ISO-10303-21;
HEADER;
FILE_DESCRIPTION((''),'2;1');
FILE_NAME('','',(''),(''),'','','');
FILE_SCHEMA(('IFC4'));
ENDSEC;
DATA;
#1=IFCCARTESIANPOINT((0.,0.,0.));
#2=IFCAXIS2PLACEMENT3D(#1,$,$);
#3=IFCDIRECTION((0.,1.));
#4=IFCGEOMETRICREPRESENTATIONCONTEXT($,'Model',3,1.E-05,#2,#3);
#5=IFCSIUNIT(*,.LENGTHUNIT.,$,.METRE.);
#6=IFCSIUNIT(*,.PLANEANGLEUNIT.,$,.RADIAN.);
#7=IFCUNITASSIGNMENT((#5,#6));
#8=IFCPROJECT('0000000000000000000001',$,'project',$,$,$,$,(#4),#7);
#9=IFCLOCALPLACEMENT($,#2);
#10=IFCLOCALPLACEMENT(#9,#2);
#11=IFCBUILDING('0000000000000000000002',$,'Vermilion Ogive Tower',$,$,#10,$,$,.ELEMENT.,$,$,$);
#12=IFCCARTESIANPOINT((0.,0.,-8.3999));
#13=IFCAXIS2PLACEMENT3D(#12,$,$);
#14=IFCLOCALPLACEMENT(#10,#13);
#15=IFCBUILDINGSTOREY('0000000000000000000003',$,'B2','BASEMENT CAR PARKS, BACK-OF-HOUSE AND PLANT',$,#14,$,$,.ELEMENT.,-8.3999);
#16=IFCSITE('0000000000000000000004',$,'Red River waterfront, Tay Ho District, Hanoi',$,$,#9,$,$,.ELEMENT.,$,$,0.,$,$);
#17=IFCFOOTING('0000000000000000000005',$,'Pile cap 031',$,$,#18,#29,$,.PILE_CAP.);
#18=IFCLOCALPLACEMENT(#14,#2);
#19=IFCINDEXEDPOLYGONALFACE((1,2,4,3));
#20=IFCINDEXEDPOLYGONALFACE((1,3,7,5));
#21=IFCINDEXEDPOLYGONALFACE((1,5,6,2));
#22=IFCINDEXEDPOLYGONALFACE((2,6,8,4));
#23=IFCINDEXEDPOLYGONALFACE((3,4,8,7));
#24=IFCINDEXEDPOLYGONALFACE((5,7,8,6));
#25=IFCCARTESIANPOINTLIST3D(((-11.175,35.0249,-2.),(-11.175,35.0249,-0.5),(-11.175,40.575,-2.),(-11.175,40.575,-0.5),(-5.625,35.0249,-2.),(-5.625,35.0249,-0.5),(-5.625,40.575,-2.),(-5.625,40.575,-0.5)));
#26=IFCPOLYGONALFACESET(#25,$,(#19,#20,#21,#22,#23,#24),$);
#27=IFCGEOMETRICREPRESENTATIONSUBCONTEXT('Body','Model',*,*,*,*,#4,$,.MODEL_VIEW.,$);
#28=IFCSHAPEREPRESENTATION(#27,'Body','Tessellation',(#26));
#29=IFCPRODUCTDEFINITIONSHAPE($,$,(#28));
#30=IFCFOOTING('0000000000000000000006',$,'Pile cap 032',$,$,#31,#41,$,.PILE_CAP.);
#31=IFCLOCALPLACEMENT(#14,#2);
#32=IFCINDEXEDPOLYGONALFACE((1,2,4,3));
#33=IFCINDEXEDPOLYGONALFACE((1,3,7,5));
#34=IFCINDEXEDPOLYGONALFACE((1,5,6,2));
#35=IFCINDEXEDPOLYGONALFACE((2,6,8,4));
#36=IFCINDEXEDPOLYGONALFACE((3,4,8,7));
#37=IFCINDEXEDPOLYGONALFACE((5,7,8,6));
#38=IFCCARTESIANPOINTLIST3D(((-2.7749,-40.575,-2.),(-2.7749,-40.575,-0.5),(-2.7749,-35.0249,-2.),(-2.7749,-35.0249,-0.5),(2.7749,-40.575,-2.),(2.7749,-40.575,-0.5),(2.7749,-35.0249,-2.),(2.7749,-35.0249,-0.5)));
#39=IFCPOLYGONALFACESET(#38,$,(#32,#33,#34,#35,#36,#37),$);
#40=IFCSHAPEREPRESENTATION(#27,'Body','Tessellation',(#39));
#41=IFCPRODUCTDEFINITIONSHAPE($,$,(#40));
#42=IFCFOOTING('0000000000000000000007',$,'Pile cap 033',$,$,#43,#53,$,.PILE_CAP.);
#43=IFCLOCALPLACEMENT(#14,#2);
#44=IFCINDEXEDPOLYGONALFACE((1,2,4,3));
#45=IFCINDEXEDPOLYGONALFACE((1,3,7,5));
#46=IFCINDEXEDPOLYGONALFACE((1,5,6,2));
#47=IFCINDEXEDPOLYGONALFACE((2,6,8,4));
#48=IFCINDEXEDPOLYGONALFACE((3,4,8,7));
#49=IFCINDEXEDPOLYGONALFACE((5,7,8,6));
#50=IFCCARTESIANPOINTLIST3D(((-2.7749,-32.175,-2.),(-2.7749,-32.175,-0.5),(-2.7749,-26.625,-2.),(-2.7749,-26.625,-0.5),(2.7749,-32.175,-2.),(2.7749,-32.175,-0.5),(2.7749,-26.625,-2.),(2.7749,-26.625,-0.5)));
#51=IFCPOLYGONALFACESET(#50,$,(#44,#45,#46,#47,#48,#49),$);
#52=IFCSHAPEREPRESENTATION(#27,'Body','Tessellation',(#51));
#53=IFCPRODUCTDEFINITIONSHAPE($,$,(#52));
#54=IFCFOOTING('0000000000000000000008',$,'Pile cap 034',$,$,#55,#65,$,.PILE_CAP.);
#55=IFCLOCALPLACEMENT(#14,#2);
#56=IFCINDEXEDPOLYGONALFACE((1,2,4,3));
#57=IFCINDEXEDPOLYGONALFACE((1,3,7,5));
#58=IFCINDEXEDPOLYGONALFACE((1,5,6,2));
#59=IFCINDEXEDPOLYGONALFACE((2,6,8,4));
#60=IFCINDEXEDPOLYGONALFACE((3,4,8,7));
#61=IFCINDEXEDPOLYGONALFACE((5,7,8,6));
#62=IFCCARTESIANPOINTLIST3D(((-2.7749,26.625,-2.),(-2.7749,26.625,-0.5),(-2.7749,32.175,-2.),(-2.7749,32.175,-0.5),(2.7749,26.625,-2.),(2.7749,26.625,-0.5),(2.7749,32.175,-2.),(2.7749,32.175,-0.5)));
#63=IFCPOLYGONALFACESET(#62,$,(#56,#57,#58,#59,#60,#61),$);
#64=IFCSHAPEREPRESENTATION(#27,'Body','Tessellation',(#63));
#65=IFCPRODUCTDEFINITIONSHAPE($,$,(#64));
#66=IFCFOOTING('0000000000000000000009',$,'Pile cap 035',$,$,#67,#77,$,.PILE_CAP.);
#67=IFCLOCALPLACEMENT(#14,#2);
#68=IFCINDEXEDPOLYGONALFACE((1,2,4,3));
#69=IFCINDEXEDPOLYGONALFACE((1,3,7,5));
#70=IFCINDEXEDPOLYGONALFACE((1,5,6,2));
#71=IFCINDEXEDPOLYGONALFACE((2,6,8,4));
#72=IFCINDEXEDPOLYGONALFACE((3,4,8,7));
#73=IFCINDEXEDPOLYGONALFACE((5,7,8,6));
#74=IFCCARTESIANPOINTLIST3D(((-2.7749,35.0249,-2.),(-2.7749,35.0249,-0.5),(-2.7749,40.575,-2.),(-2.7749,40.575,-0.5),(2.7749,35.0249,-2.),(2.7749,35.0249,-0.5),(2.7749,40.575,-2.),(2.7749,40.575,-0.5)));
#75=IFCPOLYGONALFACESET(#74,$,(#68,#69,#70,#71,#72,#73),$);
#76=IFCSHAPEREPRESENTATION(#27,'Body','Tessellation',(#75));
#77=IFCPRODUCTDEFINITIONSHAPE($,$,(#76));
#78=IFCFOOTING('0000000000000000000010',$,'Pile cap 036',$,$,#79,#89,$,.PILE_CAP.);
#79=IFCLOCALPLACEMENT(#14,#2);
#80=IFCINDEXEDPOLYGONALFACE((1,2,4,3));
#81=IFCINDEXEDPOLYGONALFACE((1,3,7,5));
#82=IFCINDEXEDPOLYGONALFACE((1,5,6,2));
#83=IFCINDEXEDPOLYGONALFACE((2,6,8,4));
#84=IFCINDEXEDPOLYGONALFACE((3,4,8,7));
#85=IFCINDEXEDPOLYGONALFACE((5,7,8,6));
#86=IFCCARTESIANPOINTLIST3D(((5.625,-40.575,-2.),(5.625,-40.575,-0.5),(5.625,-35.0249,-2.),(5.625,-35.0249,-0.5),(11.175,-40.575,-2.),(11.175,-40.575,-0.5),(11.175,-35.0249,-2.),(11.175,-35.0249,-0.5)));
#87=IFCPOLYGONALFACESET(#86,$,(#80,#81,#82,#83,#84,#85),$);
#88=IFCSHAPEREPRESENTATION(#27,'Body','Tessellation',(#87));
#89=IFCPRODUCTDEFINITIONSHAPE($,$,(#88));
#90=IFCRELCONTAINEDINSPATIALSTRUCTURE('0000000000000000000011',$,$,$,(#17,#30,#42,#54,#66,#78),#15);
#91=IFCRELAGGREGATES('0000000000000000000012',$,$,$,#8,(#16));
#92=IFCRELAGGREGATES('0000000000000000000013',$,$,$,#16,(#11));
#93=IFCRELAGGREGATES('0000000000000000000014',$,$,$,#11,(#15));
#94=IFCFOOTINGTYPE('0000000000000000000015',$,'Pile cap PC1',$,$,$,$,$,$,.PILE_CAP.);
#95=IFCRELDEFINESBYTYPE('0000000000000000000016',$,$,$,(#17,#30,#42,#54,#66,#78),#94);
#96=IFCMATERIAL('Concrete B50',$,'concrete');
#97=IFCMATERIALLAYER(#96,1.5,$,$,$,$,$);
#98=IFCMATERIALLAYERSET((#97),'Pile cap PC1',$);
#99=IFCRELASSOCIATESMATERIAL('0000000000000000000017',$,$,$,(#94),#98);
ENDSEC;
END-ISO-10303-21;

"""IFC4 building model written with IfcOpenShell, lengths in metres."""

from ifc_helpers import new_model, si_unit, direction, frame, origin, place, context, subcontext, project, spatial, polyline, outline, extrude, material, layer, layer_set, type_object, element, save


model = new_model("IFC4")

# Units and contexts
model_context = context("Model", 3, precision=1e-05, world=origin(), true_north=direction((0.0, 1.0)))
body_context = subcontext(model_context, "Body", "Model", "MODEL_VIEW")
ifc_project = project(units=[si_unit("LENGTHUNIT", "METRE"), si_unit("PLANEANGLEUNIT", "RADIAN")], contexts=[model_context])

# Site, building, storey
site_placement = place(None, origin())
site = spatial("IfcSite", under=ifc_project, at=site_placement, Name="Red River waterfront, Tay Ho District, Hanoi", CompositionType="ELEMENT", RefElevation=0.0)
building_placement = place(site_placement, origin())
building = spatial("IfcBuilding", under=site, at=building_placement, Name="Vermilion Ogive Tower", CompositionType="ELEMENT")
storey_placement = place(building_placement, frame((0.0, 0.0, -8.3999)))
storey = spatial("IfcBuildingStorey", under=building, at=storey_placement, Name="B2", Description="BASEMENT CAR PARKS, BACK-OF-HOUSE AND PLANT", CompositionType="ELEMENT", Elevation=-8.3999)

# Footings
ifc_material = material(Name="Concrete B50", Category="concrete")
ifc_layer = layer(ifc_material, 1.5)
ifc_layer_set = layer_set([ifc_layer], Name="Pile cap PC1")
footing_type = type_object("IfcFootingType", Name="Pile cap PC1", PredefinedType="PILE_CAP", material=ifc_layer_set)
footing_1_placement = place(storey_placement, frame((0.0, 0.0, -2.0)))
element("IfcFooting", 1, at=footing_1_placement, inside=storey, type_object=footing_type, Name="Pile cap 031", PredefinedType="PILE_CAP", context=body_context, shape_type="SweptSolid", body=[
    extrude(outline(polyline([(-11.175, 35.0249), (-5.625, 35.0249), (-5.625, 40.575), (-11.175, 40.575), (-11.175, 35.0249)])), origin(), (0.0, 0.0, 1.0), 1.5),
])
footing_2_placement = place(storey_placement, frame((0.0, 0.0, -2.0)))
element("IfcFooting", 2, at=footing_2_placement, inside=storey, type_object=footing_type, Name="Pile cap 032", PredefinedType="PILE_CAP", context=body_context, shape_type="SweptSolid", body=[
    extrude(outline(polyline([(-2.7749, -40.575), (2.7749, -40.575), (2.7749, -35.0249), (-2.7749, -35.0249), (-2.7749, -40.575)])), origin(), (0.0, 0.0, 1.0), 1.5),
])
footing_3_placement = place(storey_placement, frame((0.0, 0.0, -2.0)))
element("IfcFooting", 3, at=footing_3_placement, inside=storey, type_object=footing_type, Name="Pile cap 033", PredefinedType="PILE_CAP", context=body_context, shape_type="SweptSolid", body=[
    extrude(outline(polyline([(-2.7749, -32.175), (2.7749, -32.175), (2.7749, -26.625), (-2.7749, -26.625), (-2.7749, -32.175)])), origin(), (0.0, 0.0, 1.0), 1.5),
])
footing_4_placement = place(storey_placement, frame((0.0, 0.0, -2.0)))
element("IfcFooting", 4, at=footing_4_placement, inside=storey, type_object=footing_type, Name="Pile cap 034", PredefinedType="PILE_CAP", context=body_context, shape_type="SweptSolid", body=[
    extrude(outline(polyline([(-2.7749, 26.625), (2.7749, 26.625), (2.7749, 32.175), (-2.7749, 32.175), (-2.7749, 26.625)])), origin(), (0.0, 0.0, 1.0), 1.5),
])
footing_5_placement = place(storey_placement, frame((0.0, 0.0, -2.0)))
element("IfcFooting", 5, at=footing_5_placement, inside=storey, type_object=footing_type, Name="Pile cap 035", PredefinedType="PILE_CAP", context=body_context, shape_type="SweptSolid", body=[
    extrude(outline(polyline([(-2.7749, 35.0249), (2.7749, 35.0249), (2.7749, 40.575), (-2.7749, 40.575), (-2.7749, 35.0249)])), origin(), (0.0, 0.0, 1.0), 1.5),
])
footing_6_placement = place(storey_placement, frame((0.0, 0.0, -2.0)))
element("IfcFooting", 6, at=footing_6_placement, inside=storey, type_object=footing_type, Name="Pile cap 036", PredefinedType="PILE_CAP", context=body_context, shape_type="SweptSolid", body=[
    extrude(outline(polyline([(5.625, -40.575), (11.175, -40.575), (11.175, -35.0249), (5.625, -35.0249), (5.625, -40.575)])), origin(), (0.0, 0.0, 1.0), 1.5),
])

save(model, "model.ifc")
